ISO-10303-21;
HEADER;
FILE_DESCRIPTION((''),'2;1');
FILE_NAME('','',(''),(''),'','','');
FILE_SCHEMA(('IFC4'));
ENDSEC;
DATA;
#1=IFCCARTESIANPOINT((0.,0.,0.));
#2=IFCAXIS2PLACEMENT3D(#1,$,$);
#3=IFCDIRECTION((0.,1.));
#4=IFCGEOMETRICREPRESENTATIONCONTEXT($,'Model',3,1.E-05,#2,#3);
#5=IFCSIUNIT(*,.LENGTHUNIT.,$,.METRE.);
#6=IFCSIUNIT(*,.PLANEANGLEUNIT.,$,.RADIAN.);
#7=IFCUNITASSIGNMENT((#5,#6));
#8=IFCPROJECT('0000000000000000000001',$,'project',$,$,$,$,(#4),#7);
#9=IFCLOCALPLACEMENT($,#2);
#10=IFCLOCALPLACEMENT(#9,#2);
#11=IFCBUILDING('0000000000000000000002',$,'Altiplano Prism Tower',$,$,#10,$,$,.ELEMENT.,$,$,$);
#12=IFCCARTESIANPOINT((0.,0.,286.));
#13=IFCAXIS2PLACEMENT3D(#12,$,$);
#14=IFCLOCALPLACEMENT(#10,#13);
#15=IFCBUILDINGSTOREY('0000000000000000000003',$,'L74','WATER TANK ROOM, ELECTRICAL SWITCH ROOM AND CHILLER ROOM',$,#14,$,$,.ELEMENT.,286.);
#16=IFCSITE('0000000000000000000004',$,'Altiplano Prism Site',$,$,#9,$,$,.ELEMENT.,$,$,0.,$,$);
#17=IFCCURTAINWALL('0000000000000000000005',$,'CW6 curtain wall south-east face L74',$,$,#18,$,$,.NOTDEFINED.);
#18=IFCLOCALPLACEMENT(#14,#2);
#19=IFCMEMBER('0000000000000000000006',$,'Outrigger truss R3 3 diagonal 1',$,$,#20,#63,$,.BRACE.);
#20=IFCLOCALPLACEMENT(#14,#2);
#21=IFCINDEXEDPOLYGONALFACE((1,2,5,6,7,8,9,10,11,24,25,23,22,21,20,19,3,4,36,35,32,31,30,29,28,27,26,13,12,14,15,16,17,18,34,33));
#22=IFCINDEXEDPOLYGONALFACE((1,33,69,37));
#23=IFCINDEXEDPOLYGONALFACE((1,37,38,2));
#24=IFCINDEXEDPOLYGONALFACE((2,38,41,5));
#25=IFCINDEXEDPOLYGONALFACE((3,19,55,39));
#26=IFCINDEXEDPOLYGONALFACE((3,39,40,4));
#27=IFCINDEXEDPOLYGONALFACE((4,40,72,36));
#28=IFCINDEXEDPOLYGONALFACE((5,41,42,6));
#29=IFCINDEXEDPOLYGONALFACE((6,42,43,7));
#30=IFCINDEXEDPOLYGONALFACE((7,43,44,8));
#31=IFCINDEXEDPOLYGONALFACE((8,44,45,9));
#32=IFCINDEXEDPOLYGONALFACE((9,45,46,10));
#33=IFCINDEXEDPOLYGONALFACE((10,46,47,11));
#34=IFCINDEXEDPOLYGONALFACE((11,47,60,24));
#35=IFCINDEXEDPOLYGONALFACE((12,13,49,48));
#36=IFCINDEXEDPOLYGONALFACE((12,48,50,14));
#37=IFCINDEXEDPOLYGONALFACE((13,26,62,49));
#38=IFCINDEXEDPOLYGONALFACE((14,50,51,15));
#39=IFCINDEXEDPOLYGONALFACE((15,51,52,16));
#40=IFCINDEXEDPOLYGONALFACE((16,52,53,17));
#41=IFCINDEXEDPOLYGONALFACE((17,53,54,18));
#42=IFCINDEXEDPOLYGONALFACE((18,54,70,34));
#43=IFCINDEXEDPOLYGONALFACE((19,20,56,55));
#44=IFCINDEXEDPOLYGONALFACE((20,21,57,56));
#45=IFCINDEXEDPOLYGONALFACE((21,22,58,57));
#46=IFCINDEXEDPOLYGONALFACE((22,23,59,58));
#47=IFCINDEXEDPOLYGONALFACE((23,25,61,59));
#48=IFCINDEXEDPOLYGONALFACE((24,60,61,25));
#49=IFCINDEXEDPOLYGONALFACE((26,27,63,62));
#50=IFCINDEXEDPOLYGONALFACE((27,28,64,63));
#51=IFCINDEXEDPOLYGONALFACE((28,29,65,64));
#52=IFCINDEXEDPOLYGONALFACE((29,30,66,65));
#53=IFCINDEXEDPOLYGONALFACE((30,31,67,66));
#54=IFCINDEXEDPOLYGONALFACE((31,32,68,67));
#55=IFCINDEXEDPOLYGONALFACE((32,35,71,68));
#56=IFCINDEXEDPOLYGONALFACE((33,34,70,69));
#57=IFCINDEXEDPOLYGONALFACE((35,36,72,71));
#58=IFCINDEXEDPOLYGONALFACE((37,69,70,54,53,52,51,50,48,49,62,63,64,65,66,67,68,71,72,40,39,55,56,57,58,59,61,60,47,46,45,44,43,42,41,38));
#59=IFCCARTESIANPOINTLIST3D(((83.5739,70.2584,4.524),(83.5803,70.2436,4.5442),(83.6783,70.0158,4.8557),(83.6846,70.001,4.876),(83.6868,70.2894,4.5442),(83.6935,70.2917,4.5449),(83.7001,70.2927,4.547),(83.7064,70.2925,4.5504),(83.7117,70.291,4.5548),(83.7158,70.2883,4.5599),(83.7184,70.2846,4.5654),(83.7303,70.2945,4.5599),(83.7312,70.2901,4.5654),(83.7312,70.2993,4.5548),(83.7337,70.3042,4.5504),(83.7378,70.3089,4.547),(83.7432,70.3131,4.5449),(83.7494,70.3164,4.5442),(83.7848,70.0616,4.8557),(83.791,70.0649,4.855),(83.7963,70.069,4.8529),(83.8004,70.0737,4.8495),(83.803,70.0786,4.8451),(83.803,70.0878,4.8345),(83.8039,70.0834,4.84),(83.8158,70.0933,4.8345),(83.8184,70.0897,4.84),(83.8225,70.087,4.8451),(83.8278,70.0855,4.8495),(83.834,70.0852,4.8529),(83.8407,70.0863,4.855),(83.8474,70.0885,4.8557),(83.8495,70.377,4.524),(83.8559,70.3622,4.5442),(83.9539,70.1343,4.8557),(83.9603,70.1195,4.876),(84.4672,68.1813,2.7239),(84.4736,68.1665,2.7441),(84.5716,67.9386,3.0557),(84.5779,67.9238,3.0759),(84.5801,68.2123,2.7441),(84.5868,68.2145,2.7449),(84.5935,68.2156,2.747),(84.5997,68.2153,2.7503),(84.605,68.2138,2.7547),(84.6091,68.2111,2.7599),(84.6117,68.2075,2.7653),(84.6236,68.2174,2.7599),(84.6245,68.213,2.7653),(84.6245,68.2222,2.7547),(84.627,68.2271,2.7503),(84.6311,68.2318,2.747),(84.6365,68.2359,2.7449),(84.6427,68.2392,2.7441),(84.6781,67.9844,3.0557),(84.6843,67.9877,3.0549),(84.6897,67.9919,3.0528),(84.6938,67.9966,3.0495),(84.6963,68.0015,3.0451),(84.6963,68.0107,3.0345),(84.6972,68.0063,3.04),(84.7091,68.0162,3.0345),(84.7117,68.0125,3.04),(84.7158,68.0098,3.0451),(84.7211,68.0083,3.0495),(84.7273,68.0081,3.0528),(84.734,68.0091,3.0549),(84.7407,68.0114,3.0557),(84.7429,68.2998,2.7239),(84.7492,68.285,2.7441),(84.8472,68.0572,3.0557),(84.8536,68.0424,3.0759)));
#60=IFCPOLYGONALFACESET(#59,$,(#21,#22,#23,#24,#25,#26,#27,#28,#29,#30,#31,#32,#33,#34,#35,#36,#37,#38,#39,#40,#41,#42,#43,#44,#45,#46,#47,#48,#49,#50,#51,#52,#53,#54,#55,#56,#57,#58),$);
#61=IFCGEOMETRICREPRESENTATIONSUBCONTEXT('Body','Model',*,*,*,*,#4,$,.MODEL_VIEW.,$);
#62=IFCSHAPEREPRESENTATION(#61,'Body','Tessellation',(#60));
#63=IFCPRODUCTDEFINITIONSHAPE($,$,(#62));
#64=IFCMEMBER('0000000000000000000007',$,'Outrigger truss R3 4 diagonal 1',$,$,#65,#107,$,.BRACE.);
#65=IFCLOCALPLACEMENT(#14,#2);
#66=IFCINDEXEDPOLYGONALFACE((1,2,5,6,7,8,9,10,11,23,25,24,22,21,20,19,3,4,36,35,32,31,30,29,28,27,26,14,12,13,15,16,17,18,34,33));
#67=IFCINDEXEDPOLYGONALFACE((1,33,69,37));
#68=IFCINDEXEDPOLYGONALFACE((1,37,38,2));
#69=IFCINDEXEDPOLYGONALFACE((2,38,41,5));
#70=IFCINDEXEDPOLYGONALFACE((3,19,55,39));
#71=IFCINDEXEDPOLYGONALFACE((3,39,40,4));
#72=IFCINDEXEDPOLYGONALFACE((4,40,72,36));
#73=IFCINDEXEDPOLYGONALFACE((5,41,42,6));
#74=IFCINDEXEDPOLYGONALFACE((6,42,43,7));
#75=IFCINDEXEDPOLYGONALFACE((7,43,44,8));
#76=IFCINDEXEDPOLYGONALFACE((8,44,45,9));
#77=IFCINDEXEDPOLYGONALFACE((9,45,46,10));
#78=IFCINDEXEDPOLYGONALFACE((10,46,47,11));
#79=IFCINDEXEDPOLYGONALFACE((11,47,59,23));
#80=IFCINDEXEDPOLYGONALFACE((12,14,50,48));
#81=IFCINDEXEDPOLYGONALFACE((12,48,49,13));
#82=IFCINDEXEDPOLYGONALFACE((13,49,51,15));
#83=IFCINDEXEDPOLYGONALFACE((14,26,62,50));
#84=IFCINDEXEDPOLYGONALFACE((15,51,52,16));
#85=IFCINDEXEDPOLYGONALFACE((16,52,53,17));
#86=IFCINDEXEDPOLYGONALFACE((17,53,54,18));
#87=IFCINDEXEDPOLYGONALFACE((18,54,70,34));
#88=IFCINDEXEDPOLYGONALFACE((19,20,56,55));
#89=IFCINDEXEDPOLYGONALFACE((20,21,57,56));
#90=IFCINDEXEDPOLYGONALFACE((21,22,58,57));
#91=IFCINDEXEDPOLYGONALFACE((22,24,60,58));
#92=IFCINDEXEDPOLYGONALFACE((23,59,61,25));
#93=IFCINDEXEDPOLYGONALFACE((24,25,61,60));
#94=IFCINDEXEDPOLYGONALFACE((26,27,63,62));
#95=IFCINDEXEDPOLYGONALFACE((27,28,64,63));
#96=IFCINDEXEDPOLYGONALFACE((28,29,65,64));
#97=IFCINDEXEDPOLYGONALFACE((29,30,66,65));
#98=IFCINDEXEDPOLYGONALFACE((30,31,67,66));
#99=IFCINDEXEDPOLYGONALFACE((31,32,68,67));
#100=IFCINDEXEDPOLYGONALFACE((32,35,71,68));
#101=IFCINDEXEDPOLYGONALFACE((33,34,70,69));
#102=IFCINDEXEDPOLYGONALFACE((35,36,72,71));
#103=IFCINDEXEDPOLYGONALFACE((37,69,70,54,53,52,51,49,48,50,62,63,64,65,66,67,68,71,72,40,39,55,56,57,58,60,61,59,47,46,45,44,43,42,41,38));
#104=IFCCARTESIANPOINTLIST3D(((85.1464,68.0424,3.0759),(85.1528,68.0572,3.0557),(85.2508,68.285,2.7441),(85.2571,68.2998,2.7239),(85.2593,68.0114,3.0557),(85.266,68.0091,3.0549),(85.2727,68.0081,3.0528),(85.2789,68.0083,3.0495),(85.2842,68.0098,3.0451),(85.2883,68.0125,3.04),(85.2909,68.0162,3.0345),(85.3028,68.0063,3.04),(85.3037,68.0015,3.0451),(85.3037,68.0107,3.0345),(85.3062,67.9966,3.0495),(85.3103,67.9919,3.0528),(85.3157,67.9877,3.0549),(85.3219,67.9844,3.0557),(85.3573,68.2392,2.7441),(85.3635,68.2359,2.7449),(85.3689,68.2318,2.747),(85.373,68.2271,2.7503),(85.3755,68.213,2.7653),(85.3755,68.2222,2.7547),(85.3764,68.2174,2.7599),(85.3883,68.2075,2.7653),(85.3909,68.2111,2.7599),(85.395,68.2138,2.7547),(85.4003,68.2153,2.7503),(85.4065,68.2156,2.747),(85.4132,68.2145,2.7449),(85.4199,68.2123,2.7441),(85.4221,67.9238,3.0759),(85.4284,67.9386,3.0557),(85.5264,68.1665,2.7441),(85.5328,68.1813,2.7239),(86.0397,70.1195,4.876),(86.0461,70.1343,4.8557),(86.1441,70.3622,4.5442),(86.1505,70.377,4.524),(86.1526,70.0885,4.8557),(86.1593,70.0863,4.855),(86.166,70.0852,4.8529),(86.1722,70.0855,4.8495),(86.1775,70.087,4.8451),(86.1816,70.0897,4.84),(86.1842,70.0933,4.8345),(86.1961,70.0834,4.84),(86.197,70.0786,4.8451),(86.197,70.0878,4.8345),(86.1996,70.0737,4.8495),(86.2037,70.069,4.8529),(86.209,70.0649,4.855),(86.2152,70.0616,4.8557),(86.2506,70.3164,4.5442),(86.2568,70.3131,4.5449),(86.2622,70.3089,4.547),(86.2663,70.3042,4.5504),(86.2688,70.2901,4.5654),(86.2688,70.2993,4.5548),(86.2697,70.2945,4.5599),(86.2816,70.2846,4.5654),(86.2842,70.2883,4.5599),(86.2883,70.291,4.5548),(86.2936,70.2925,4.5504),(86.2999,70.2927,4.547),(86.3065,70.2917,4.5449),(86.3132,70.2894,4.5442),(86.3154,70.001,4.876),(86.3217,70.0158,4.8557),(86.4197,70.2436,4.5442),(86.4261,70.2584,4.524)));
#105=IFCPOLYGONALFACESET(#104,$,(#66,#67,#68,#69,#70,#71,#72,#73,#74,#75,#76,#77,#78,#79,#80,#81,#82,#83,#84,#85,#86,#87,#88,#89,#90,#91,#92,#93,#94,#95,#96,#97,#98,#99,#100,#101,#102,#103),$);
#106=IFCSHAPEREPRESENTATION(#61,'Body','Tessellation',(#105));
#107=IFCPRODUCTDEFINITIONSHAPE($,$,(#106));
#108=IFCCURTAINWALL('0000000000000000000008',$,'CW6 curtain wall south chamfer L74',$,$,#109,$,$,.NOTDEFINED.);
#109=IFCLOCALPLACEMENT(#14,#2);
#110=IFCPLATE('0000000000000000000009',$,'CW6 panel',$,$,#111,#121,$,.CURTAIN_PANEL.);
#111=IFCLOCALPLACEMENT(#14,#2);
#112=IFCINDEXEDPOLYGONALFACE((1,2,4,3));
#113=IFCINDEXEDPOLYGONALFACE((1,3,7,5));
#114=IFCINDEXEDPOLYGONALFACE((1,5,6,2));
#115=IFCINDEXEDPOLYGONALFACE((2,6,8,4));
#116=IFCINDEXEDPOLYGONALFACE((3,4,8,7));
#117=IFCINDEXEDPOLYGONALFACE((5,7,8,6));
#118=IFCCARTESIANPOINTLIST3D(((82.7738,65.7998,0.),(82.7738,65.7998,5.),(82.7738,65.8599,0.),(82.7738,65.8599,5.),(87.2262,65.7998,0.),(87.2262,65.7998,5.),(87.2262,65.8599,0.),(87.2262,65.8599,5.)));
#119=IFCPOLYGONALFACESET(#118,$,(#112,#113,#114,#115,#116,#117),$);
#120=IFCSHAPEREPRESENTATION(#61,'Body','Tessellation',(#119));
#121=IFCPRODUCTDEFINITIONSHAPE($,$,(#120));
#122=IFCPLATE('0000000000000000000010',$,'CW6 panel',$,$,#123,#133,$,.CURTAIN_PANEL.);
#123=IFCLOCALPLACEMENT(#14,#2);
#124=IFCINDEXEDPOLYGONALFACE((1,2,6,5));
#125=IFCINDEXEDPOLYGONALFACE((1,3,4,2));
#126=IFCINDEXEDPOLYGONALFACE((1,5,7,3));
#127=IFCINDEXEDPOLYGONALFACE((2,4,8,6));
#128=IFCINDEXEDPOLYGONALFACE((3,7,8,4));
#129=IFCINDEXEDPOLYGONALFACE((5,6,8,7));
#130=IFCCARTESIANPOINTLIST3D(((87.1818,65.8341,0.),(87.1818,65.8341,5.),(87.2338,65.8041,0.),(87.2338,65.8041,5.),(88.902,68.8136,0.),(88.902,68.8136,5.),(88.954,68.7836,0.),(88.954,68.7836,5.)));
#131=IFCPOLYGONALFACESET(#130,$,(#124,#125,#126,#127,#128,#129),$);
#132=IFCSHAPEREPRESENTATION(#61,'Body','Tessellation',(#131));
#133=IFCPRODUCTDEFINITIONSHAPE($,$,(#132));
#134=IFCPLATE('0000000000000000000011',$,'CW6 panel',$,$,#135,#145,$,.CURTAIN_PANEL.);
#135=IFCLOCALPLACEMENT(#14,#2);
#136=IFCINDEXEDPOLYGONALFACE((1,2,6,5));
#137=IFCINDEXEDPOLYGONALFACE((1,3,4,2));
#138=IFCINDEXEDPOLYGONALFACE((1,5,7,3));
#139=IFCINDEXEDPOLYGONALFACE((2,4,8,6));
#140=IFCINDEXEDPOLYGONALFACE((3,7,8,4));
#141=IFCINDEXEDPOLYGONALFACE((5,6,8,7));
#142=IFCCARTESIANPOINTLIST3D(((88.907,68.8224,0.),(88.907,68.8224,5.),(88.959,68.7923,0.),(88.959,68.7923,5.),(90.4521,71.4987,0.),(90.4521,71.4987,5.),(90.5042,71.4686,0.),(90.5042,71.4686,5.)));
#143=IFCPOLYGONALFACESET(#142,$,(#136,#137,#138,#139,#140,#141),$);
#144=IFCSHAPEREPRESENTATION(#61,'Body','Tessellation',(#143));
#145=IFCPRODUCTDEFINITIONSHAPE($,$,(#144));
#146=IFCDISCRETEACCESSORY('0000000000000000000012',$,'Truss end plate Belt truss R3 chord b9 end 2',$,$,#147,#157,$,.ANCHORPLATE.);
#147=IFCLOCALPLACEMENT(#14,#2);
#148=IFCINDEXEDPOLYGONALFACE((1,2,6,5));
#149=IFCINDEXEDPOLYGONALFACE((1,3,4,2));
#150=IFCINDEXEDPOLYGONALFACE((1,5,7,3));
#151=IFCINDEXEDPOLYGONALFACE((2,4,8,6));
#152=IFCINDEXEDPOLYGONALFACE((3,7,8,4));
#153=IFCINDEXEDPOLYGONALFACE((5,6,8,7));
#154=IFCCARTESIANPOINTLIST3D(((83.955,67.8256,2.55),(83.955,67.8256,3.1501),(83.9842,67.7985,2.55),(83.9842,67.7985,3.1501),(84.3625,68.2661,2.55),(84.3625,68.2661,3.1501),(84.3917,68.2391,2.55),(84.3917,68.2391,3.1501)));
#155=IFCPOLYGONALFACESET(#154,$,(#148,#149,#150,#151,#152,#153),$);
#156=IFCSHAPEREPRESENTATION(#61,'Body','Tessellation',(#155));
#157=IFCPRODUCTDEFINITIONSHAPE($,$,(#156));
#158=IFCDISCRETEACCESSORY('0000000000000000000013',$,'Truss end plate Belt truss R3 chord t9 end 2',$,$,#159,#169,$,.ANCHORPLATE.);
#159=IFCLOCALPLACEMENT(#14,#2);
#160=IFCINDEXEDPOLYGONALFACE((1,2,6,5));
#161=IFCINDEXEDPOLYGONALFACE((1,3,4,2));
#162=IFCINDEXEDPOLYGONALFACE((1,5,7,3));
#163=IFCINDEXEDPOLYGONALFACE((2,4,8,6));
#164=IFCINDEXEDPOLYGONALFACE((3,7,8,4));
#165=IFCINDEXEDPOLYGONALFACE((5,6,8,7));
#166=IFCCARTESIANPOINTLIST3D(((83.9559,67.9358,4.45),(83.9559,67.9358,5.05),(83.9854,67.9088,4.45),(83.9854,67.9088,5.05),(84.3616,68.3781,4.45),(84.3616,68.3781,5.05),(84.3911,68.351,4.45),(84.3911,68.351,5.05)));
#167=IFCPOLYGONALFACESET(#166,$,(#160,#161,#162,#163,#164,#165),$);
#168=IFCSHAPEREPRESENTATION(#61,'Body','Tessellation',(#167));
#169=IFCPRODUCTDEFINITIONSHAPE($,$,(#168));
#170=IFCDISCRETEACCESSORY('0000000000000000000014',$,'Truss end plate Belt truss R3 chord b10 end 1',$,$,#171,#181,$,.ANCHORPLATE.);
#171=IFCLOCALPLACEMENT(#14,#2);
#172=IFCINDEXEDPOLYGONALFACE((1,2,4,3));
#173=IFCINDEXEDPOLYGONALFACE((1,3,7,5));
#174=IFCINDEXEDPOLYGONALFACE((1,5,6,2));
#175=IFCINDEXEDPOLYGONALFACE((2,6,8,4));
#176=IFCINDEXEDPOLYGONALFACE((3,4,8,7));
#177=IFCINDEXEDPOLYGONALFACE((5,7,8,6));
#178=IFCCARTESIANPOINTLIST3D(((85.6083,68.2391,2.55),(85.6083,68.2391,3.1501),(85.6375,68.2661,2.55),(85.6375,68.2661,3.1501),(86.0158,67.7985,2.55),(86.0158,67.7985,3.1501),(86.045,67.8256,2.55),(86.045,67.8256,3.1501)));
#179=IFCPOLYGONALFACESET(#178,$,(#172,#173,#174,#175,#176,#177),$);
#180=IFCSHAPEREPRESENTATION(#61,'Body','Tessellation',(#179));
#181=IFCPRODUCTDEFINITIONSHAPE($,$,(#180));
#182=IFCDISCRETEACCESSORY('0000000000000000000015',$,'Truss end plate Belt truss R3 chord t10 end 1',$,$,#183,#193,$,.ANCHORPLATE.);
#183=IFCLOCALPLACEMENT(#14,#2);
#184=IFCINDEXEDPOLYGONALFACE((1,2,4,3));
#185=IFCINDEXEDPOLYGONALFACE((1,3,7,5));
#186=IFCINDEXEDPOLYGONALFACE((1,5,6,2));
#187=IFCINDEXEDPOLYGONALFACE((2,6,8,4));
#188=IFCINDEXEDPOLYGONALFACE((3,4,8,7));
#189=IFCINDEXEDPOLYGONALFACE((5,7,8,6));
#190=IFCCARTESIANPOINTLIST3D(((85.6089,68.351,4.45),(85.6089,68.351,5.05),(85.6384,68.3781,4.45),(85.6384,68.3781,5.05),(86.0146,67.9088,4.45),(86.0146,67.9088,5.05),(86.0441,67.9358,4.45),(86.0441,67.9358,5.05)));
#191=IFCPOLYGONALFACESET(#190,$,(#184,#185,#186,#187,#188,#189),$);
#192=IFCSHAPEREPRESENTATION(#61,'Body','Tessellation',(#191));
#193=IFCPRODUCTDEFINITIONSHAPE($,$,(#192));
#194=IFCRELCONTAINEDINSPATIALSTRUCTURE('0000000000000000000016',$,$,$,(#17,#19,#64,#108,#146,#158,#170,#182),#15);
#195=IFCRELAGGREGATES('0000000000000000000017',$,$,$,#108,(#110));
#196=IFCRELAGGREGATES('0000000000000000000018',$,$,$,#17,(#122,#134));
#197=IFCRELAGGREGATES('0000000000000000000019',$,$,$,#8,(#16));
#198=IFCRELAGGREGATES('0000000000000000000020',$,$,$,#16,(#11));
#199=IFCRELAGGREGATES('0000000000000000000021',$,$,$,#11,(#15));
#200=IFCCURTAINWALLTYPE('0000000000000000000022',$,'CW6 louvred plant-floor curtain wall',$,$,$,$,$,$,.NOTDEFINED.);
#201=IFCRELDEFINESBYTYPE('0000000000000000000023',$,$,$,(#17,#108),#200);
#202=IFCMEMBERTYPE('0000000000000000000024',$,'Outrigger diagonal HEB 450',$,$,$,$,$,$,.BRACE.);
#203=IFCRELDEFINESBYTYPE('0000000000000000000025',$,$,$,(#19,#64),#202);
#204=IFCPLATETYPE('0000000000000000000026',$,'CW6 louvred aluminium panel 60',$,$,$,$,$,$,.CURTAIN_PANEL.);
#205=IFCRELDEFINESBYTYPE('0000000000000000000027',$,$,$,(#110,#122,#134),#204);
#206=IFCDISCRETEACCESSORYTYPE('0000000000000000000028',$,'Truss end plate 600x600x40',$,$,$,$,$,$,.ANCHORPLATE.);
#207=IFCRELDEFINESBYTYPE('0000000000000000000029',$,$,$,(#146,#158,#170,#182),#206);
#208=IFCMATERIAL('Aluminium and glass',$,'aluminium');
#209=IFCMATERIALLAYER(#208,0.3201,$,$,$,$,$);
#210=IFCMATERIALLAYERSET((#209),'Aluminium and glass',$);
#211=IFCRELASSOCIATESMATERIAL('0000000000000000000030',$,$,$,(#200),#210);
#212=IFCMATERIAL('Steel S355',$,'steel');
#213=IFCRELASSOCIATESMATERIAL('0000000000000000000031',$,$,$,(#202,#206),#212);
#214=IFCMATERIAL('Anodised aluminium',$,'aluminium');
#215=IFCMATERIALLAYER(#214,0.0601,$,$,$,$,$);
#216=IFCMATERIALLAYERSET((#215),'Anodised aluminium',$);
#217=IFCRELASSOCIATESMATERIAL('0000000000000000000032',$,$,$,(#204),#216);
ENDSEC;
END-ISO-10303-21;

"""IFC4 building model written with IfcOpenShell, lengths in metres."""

from ifc_helpers import new_model, si_unit, direction, frame, origin, origin_2d, place, context, subcontext, project, spatial, rectangle, i_section, extrude, material, layer, layer_set, material_profile, profile_set, type_object, element, aggregate, save


model = new_model("IFC4")

# Units and contexts
model_context = context("Model", 3, precision=1e-05, world=origin(), true_north=direction((0.0, 1.0)))
body_context = subcontext(model_context, "Body", "Model", "MODEL_VIEW")
ifc_project = project(units=[si_unit("LENGTHUNIT", "METRE"), si_unit("PLANEANGLEUNIT", "RADIAN")], contexts=[model_context])

# Site, building, storey
site_placement = place(None, origin())
site = spatial("IfcSite", under=ifc_project, at=site_placement, Name="Altiplano Prism Site", CompositionType="ELEMENT", RefElevation=0.0)
building_placement = place(site_placement, origin())
building = spatial("IfcBuilding", under=site, at=building_placement, Name="Altiplano Prism Tower", CompositionType="ELEMENT")
storey_placement = place(building_placement, frame((0.0, 0.0, 286.0)))
storey = spatial("IfcBuildingStorey", under=building, at=storey_placement, Name="L74", Description="WATER TANK ROOM, ELECTRICAL SWITCH ROOM AND CHILLER ROOM", CompositionType="ELEMENT", Elevation=286.0)

# Shared definitions
ifc_material_1 = material(Name="Steel S355", Category="steel")

# Curtain wall
ifc_material_2 = material(Name="Aluminium and glass", Category="aluminium")
ifc_layer_1 = layer(ifc_material_2, 0.3201)
ifc_layer_set_1 = layer_set([ifc_layer_1], Name="Aluminium and glass")
curtain_wall_type = type_object("IfcCurtainWallType", Name="CW6 louvred plant-floor curtain wall", PredefinedType="NOTDEFINED", material=ifc_layer_set_1)
curtain_wall_1_placement = place(storey_placement, origin())
curtain_wall_1 = element("IfcCurtainWall", 1, at=curtain_wall_1_placement, inside=storey, type_object=curtain_wall_type, Name="CW6 curtain wall south-east face L74", PredefinedType="NOTDEFINED")

# Members
ifc_material_profile_1 = material_profile(ifc_material_1, i_section(OverallWidth=0.3, OverallDepth=0.45, WebThickness=0.0139, FlangeThickness=0.0259, FilletRadius=0.0271, at=origin_2d()), Name="Outrigger diagonal HEB 450")
ifc_profile_set_1 = profile_set([ifc_material_profile_1], Name="Steel S355")
member_type_1 = type_object("IfcMemberType", Name="Outrigger diagonal HEB 450", PredefinedType="BRACE", material=ifc_profile_set_1)
for number, where, z_axis, x_axis, name in (
    (2, (84.6604, 68.1118, 2.8999), (-0.309092, 0.71871, 0.622831), (-0.918647, -0.395079, 0.0), "Outrigger truss R3 3 diagonal 1"),
    (3, (85.3396, 68.1118, 2.8999), (0.309092, 0.71871, 0.622831), (-0.918647, 0.395079, 0.0), "Outrigger truss R3 4 diagonal 1"),
):
    element("IfcMember", number, at=place(storey_placement, frame(where, z_axis=z_axis, x_axis=x_axis)), inside=storey, type_object=member_type_1, Name=name, PredefinedType="BRACE", context=body_context, shape_type="SweptSolid", body=[
        extrude(i_section(OverallWidth=0.3, OverallDepth=0.45, WebThickness=0.0139, FlangeThickness=0.0259, FilletRadius=0.0271, at=origin_2d()), origin(), (0.0, 0.0, 1.0), 2.8901),
    ])

# Curtain wall, plate
curtain_wall_2_placement = place(storey_placement, origin())
curtain_wall_2 = element("IfcCurtainWall", 4, at=curtain_wall_2_placement, inside=storey, type_object=curtain_wall_type, Name="CW6 curtain wall south chamfer L74", PredefinedType="NOTDEFINED")
ifc_material_3 = material(Name="Anodised aluminium", Category="aluminium")
ifc_layer_2 = layer(ifc_material_3, 0.0601)
ifc_layer_set_2 = layer_set([ifc_layer_2], Name="Anodised aluminium")
plate_type = type_object("IfcPlateType", Name="CW6 louvred aluminium panel 60", PredefinedType="CURTAIN_PANEL", material=ifc_layer_set_2)
plate_1_placement = place(storey_placement, frame((85.0, 65.8298, 0.0), z_axis=(0.0, 0.0, 1.0), x_axis=(1.0, 0.0, 0.0)))
plate_1 = element("IfcPlate", 5, at=plate_1_placement, type_object=plate_type, Name="CW6 panel", PredefinedType="CURTAIN_PANEL", context=body_context, shape_type="SweptSolid", body=[
    extrude(rectangle(XDim=4.4524, YDim=0.0601, at=origin_2d()), origin(), (0.0, 0.0, 1.0), 5.0),
])
aggregate(curtain_wall_2, [plate_1])

# Plates
plate_2_placement = place(storey_placement, frame((88.0679, 67.3088, 0.0), z_axis=(0.0, 0.0, 1.0), x_axis=(0.5, 0.866025, 0.0)))
plate_2 = element("IfcPlate", 6, at=plate_2_placement, type_object=plate_type, Name="CW6 panel", PredefinedType="CURTAIN_PANEL", context=body_context, shape_type="SweptSolid", body=[
    extrude(rectangle(XDim=3.4404, YDim=0.0601, at=origin_2d()), origin(), (0.0, 0.0, 1.0), 5.0),
])
plate_3_placement = place(storey_placement, frame((89.7056, 70.1455, 0.0), z_axis=(0.0, 0.0, 1.0), x_axis=(0.5, 0.866025, 0.0)))
plate_3 = element("IfcPlate", 7, at=plate_3_placement, type_object=plate_type, Name="CW6 panel", PredefinedType="CURTAIN_PANEL", context=body_context, shape_type="SweptSolid", body=[
    extrude(rectangle(XDim=3.0903, YDim=0.0601, at=origin_2d()), origin(), (0.0, 0.0, 1.0), 5.0),
])
aggregate(curtain_wall_1, [plate_2, plate_3])

# Discrete accessories
ifc_material_profile_2 = material_profile(ifc_material_1, rectangle(XDim=0.6001, YDim=0.6001, at=origin_2d()), Name="Truss end plate 600x600x40")
ifc_profile_set_2 = profile_set([ifc_material_profile_2], Name="Steel S355")
discrete_accessory_type = type_object("IfcDiscreteAccessoryType", Name="Truss end plate 600x600x40", PredefinedType="ANCHORPLATE", material=ifc_profile_set_2)
discrete_accessory_1_placement = place(storey_placement, frame((84.188, 68.0188, 2.8501), z_axis=(-0.734099, 0.679042, 0.0), x_axis=(-0.679042, -0.734099, 0.0)))
element("IfcDiscreteAccessory", 8, at=discrete_accessory_1_placement, inside=storey, type_object=discrete_accessory_type, Name="Truss end plate Belt truss R3 chord b9 end 2", PredefinedType="ANCHORPLATE", context=body_context, shape_type="SweptSolid", body=[
    extrude(rectangle(XDim=0.6001, YDim=0.6001, at=origin_2d()), origin(), (0.0, 0.0, 1.0), 0.0398),
])
discrete_accessory_2_placement = place(storey_placement, frame((84.1882, 68.1299, 4.75), z_axis=(-0.736901, 0.676, 0.0), x_axis=(-0.676, -0.736901, 0.0)))
element("IfcDiscreteAccessory", 9, at=discrete_accessory_2_placement, inside=storey, type_object=discrete_accessory_type, Name="Truss end plate Belt truss R3 chord t9 end 2", PredefinedType="ANCHORPLATE", context=body_context, shape_type="SweptSolid", body=[
    extrude(rectangle(XDim=0.6001, YDim=0.6001, at=origin_2d()), origin(), (0.0, 0.0, 1.0), 0.04),
])
discrete_accessory_3_placement = place(storey_placement, frame((85.812, 68.0188, 2.8501), z_axis=(0.734099, 0.679042, 0.0), x_axis=(-0.679042, 0.734099, 0.0)))
element("IfcDiscreteAccessory", 10, at=discrete_accessory_3_placement, inside=storey, type_object=discrete_accessory_type, Name="Truss end plate Belt truss R3 chord b10 end 1", PredefinedType="ANCHORPLATE", context=body_context, shape_type="SweptSolid", body=[
    extrude(rectangle(XDim=0.6001, YDim=0.6001, at=origin_2d()), origin(), (0.0, 0.0, 1.0), 0.0398),
])
discrete_accessory_4_placement = place(storey_placement, frame((85.8118, 68.1299, 4.75), z_axis=(0.736901, 0.676, 0.0), x_axis=(-0.676, 0.736901, 0.0)))
element("IfcDiscreteAccessory", 11, at=discrete_accessory_4_placement, inside=storey, type_object=discrete_accessory_type, Name="Truss end plate Belt truss R3 chord t10 end 1", PredefinedType="ANCHORPLATE", context=body_context, shape_type="SweptSolid", body=[
    extrude(rectangle(XDim=0.6001, YDim=0.6001, at=origin_2d()), origin(), (0.0, 0.0, 1.0), 0.04),
])

save(model, "model.ifc")
